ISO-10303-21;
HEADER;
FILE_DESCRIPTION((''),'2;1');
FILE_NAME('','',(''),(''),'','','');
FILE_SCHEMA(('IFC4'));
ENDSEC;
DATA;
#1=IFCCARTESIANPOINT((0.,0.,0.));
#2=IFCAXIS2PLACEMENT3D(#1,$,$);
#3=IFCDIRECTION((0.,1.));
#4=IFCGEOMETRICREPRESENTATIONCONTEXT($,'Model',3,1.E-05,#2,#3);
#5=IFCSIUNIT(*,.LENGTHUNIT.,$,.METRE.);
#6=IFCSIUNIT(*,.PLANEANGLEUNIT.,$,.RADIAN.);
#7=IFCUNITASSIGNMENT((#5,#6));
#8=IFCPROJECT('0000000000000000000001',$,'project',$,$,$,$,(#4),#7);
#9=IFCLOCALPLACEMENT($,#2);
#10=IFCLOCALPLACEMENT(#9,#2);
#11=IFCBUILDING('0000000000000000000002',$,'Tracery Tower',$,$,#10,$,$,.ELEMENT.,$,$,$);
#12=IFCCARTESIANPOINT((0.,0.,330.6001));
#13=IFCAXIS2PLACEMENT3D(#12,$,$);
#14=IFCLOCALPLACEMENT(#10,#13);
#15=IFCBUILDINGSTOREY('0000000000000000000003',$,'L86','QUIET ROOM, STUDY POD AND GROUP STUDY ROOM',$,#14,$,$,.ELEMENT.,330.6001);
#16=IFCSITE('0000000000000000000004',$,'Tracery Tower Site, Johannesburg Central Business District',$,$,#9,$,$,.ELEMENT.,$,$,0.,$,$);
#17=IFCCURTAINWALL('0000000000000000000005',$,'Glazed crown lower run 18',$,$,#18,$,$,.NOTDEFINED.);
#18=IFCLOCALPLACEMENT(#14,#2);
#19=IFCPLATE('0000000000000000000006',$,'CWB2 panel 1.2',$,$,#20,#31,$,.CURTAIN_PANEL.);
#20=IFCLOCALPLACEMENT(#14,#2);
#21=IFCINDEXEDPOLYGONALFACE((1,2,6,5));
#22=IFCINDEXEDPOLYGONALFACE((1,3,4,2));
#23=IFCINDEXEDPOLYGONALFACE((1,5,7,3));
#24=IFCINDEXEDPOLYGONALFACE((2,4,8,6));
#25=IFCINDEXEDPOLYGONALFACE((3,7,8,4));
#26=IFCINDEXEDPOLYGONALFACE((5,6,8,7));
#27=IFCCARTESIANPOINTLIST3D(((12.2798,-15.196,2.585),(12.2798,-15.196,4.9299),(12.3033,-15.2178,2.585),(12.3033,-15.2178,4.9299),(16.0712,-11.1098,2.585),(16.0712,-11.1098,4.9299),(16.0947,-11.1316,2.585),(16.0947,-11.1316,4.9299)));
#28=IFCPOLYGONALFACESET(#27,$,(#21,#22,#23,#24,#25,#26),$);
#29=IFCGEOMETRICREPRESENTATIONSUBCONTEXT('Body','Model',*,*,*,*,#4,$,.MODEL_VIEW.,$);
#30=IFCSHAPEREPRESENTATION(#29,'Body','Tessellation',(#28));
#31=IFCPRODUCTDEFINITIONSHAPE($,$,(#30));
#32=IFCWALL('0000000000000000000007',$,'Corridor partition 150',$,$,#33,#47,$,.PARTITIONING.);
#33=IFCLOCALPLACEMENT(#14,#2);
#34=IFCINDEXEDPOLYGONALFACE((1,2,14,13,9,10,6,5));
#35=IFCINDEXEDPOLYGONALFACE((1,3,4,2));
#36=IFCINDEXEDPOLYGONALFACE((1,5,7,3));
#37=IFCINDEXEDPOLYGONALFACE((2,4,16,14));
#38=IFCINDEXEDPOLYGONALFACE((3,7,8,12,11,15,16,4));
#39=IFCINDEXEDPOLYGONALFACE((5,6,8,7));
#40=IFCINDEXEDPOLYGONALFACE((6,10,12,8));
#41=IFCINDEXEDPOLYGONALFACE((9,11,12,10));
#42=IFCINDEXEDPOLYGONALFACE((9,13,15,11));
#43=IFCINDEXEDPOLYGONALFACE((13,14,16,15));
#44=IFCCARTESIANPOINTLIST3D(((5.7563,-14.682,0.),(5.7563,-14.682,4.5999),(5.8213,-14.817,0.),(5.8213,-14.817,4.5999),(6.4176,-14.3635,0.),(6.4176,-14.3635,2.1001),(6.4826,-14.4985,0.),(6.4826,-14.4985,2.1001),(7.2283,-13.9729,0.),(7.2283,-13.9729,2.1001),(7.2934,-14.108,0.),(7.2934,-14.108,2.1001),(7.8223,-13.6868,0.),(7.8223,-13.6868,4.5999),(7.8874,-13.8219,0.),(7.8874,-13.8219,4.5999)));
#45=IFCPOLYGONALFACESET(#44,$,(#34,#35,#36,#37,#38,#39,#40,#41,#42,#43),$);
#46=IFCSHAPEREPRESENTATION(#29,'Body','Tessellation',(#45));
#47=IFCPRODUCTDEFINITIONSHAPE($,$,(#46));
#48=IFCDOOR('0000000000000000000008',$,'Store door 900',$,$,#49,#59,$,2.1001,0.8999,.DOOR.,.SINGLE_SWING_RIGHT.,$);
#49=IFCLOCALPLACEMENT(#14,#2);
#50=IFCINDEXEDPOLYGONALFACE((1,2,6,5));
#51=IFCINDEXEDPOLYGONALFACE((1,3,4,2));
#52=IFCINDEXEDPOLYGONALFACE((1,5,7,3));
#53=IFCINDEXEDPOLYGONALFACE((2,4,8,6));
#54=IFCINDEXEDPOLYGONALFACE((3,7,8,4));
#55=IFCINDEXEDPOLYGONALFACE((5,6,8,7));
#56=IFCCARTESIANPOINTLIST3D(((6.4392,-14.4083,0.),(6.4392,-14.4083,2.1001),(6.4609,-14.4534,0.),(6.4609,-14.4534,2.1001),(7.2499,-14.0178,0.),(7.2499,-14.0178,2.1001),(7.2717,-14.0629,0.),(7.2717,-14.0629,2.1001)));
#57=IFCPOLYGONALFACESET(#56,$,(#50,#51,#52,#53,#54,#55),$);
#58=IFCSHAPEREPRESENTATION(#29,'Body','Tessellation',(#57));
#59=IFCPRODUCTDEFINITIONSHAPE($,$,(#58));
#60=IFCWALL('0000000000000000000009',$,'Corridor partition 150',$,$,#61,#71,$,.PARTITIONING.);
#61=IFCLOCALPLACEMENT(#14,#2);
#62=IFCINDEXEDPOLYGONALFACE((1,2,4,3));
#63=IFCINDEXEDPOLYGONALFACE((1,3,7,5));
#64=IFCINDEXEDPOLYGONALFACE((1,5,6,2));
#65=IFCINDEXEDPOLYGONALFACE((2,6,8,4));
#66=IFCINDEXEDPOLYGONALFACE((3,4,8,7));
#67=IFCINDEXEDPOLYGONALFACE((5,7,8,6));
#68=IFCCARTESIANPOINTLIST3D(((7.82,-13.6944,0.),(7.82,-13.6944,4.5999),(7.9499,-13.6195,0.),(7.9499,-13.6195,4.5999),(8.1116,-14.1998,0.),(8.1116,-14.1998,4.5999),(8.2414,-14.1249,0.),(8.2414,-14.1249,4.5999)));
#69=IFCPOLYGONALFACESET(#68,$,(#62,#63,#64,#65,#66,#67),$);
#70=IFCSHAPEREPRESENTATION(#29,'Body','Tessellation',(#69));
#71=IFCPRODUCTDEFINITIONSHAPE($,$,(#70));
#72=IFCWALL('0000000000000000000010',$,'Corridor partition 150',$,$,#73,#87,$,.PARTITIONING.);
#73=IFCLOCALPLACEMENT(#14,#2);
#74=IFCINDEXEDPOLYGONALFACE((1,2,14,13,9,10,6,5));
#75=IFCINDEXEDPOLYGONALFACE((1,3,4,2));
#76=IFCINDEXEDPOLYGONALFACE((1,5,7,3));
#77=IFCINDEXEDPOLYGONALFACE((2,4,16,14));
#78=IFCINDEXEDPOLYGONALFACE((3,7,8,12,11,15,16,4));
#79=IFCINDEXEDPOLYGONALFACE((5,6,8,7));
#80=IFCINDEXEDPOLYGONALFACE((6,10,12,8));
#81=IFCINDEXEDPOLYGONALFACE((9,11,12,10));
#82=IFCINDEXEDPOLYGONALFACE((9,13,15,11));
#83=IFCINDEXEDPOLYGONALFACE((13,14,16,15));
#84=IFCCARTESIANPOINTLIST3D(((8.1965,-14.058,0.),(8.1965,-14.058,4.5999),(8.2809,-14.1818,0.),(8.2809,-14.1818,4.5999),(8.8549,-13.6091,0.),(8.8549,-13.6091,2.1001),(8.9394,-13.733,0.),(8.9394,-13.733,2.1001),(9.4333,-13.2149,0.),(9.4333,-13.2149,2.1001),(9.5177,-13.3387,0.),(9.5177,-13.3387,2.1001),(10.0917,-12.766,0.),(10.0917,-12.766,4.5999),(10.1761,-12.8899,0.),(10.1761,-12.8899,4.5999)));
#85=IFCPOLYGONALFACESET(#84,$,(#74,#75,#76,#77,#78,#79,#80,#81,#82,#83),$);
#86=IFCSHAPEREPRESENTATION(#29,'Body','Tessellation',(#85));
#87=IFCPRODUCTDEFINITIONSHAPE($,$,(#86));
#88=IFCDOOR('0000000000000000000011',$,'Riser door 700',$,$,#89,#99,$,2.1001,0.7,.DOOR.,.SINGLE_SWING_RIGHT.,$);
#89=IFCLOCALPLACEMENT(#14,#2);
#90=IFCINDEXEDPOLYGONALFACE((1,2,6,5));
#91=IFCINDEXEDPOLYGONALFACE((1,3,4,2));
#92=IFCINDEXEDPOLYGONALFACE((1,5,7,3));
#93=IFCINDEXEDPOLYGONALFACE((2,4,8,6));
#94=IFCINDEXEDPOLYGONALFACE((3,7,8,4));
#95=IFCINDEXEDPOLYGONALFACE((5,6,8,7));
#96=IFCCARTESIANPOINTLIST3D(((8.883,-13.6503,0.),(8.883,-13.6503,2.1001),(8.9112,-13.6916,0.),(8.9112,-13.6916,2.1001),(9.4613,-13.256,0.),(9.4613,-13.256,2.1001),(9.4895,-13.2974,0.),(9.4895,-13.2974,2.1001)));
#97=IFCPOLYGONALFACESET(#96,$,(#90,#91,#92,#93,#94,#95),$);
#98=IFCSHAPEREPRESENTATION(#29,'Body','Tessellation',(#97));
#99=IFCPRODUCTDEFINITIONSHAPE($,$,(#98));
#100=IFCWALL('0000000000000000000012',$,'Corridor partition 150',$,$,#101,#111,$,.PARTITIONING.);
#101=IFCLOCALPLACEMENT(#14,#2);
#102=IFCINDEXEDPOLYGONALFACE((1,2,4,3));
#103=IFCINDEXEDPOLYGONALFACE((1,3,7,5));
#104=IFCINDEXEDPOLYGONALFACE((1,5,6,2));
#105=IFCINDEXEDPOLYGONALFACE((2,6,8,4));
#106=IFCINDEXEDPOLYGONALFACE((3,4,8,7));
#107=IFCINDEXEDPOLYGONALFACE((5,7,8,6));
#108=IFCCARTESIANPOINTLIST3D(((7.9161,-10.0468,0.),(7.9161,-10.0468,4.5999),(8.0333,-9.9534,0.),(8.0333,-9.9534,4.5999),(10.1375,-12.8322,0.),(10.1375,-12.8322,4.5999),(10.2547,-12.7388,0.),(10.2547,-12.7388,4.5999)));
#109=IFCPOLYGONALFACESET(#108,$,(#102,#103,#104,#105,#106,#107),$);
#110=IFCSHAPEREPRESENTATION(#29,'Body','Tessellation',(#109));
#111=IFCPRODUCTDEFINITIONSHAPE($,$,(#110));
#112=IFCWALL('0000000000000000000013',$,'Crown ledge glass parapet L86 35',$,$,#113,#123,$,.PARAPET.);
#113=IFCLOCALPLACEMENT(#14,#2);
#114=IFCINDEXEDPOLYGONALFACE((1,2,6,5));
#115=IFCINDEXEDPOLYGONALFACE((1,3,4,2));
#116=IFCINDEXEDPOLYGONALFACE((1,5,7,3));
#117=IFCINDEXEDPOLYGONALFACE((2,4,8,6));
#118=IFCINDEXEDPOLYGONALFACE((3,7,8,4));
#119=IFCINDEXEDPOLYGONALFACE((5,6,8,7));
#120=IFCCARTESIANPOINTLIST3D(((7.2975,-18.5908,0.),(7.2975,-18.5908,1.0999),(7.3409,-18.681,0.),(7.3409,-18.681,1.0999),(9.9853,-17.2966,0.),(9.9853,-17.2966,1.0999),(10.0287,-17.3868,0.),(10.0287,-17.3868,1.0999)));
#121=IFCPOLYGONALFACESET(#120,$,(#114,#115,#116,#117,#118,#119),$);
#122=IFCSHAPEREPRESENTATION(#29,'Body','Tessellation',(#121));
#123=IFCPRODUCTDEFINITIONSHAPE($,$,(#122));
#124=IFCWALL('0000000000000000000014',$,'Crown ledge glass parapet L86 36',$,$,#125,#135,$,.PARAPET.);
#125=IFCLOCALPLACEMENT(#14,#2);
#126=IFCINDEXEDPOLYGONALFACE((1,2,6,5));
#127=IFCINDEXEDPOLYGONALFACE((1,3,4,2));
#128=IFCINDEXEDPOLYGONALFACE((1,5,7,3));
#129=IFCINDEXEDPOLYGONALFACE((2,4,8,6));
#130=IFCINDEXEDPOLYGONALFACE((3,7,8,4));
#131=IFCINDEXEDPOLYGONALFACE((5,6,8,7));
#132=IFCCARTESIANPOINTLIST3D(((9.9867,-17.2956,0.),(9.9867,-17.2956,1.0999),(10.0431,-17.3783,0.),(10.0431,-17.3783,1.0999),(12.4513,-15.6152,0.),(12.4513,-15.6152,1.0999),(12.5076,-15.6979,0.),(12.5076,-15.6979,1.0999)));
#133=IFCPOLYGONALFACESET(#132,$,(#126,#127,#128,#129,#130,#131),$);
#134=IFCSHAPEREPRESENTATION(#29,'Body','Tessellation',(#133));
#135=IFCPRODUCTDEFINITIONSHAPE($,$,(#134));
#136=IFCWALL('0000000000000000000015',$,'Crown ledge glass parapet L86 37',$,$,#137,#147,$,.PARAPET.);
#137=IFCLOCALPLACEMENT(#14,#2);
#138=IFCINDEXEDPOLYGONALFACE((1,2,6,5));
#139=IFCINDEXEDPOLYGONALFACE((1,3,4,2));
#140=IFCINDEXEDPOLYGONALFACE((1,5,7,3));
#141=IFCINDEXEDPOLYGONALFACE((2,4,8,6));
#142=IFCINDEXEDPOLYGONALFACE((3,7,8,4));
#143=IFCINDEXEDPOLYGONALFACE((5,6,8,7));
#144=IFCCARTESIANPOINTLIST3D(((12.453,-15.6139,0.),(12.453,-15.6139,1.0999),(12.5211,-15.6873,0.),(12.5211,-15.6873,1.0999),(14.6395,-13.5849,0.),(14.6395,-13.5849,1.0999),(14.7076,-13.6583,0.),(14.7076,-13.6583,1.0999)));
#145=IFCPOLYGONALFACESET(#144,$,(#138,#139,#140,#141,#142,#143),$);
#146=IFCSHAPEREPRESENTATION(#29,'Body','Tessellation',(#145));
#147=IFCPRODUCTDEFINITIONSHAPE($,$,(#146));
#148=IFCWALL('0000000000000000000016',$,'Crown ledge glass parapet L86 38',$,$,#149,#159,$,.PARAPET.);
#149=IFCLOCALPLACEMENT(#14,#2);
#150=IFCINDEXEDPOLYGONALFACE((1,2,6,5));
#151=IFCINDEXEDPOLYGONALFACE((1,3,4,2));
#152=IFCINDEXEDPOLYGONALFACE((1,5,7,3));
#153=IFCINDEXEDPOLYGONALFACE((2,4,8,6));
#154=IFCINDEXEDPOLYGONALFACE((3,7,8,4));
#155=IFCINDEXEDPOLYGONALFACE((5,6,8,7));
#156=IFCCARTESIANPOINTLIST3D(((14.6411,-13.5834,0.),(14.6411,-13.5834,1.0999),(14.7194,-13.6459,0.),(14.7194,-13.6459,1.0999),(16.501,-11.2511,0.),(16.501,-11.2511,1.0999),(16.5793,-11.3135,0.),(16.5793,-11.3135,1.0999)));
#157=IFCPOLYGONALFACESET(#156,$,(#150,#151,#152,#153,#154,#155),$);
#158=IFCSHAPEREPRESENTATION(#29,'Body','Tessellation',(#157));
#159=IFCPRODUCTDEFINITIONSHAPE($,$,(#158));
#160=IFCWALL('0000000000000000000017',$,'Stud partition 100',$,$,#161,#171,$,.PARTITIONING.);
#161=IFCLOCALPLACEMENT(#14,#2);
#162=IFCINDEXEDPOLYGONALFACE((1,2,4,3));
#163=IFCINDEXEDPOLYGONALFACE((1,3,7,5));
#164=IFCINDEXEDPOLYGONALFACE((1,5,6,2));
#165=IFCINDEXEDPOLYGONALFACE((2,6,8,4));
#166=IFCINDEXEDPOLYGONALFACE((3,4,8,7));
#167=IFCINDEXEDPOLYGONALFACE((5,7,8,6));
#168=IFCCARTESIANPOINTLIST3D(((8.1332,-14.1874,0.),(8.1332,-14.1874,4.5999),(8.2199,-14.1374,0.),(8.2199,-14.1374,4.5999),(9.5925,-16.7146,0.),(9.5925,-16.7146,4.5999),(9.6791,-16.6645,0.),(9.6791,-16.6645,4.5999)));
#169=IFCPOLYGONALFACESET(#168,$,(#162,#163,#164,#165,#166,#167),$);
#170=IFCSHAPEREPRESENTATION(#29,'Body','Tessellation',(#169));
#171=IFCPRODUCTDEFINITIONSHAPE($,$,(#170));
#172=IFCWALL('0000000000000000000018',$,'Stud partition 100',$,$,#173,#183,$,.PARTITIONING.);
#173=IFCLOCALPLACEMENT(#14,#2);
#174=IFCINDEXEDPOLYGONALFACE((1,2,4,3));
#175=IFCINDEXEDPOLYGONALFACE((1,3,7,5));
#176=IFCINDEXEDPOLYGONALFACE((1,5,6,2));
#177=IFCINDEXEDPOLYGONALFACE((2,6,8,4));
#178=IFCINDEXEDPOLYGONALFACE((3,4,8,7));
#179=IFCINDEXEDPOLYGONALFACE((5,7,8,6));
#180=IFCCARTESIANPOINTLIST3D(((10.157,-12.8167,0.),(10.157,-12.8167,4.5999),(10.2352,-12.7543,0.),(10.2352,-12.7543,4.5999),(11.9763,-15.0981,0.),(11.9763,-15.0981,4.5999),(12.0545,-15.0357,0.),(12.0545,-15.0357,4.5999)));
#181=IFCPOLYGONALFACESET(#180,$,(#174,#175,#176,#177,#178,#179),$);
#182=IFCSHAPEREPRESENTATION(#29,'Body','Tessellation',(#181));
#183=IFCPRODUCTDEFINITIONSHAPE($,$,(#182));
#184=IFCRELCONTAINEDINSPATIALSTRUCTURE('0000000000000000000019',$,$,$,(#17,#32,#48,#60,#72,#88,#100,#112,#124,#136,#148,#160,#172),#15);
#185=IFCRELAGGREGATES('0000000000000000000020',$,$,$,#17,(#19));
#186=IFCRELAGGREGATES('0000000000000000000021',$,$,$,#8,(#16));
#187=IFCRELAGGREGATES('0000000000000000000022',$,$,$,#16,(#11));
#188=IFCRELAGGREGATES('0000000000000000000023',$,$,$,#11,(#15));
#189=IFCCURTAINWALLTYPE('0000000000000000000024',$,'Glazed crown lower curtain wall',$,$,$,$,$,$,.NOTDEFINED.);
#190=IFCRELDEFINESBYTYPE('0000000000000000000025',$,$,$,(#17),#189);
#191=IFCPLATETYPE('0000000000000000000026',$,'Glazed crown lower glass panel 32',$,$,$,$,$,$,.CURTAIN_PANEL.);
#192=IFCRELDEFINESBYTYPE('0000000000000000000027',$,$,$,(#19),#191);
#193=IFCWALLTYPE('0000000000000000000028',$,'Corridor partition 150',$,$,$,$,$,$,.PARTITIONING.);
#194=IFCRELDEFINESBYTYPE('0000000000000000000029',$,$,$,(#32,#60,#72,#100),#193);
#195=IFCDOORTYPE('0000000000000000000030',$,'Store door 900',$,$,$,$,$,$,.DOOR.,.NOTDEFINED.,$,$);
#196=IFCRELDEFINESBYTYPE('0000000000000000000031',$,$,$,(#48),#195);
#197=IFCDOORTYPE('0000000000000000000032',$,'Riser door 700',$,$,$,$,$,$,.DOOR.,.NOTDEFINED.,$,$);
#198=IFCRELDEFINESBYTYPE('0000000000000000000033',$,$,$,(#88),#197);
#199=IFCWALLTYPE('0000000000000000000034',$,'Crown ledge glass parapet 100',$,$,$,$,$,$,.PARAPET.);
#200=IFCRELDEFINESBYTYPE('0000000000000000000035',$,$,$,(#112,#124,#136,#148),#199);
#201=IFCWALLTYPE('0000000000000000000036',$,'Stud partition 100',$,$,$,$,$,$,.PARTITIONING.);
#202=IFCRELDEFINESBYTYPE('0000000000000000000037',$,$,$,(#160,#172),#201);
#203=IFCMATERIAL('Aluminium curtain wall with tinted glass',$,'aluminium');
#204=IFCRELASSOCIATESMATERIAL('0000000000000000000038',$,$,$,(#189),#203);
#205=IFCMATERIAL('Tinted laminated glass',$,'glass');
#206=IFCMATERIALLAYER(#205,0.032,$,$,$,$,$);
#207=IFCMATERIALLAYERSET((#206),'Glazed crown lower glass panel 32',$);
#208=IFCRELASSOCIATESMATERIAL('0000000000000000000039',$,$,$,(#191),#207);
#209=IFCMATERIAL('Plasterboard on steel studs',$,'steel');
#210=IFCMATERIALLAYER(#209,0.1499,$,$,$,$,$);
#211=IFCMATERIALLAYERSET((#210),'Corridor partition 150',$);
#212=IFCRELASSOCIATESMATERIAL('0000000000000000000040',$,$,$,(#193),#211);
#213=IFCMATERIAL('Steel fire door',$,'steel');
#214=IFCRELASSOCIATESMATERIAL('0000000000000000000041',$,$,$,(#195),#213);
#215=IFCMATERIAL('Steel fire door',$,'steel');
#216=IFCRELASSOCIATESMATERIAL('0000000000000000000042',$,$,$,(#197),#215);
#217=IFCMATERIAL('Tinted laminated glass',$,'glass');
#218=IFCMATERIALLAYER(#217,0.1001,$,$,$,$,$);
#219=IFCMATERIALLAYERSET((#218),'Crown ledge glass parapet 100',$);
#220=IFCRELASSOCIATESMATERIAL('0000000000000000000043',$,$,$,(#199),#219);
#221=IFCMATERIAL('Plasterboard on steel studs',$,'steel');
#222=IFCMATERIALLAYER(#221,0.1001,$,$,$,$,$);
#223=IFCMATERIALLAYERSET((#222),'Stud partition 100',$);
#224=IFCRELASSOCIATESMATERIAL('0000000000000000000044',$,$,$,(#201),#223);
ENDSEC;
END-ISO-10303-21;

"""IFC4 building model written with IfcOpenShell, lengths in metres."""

from ifc_helpers import new_model, si_unit, direction, frame, frame_2d, origin, origin_2d, place, context, subcontext, project, spatial, rectangle, extrude, material, layer, layer_set, type_object, element, fill, aggregate, save


model = new_model("IFC4")

# Units and contexts
model_context = context("Model", 3, precision=1e-05, world=origin(), true_north=direction((0.0, 1.0)))
body_context = subcontext(model_context, "Body", "Model", "MODEL_VIEW")
ifc_project = project(units=[si_unit("LENGTHUNIT", "METRE"), si_unit("PLANEANGLEUNIT", "RADIAN")], contexts=[model_context])

# Site, building, storey
site_placement = place(None, origin())
site = spatial("IfcSite", under=ifc_project, at=site_placement, Name="Tracery Tower Site, Johannesburg Central Business District", CompositionType="ELEMENT", RefElevation=0.0)
building_placement = place(site_placement, origin())
building = spatial("IfcBuilding", under=site, at=building_placement, Name="Tracery Tower", CompositionType="ELEMENT")
storey_placement = place(building_placement, frame((0.0, 0.0, 330.6001)))
storey = spatial("IfcBuildingStorey", under=building, at=storey_placement, Name="L86", Description="QUIET ROOM, STUDY POD AND GROUP STUDY ROOM", CompositionType="ELEMENT", Elevation=330.6001)

# Curtain wall
ifc_material_1 = material(Name="Aluminium curtain wall with tinted glass", Category="aluminium")
curtain_wall_type = type_object("IfcCurtainWallType", Name="Glazed crown lower curtain wall", PredefinedType="NOTDEFINED", material=ifc_material_1)
curtain_wall_1_placement = place(storey_placement, origin())
curtain_wall_1 = element("IfcCurtainWall", 1, at=curtain_wall_1_placement, inside=storey, type_object=curtain_wall_type, Name="Glazed crown lower run 18", PredefinedType="NOTDEFINED")

# Plate
ifc_material_2 = material(Name="Tinted laminated glass", Category="glass")
ifc_layer_1 = layer(ifc_material_2, 0.032)
ifc_layer_set_1 = layer_set([ifc_layer_1], Name="Glazed crown lower glass panel 32")
plate_type = type_object("IfcPlateType", Name="Glazed crown lower glass panel 32", PredefinedType="CURTAIN_PANEL", material=ifc_layer_set_1)
plate_1_placement = place(storey_placement, frame((14.1873, -13.1638, 2.585), z_axis=(0.0, 0.0, 1.0), x_axis=(0.68017, 0.733054, 0.0)))
plate_1 = element("IfcPlate", 2, at=plate_1_placement, type_object=plate_type, Name="CWB2 panel 1.2", PredefinedType="CURTAIN_PANEL", context=body_context, shape_type="SweptSolid", body=[
    extrude(rectangle(XDim=5.5742, YDim=0.032, at=origin_2d()), origin(), (0.0, 0.0, 1.0), 2.345),
])
aggregate(curtain_wall_1, [plate_1])

# Wall, opening, door
ifc_material_3 = material(Name="Plasterboard on steel studs", Category="steel")
ifc_layer_2 = layer(ifc_material_3, 0.1499)
ifc_layer_set_2 = layer_set([ifc_layer_2], Name="Corridor partition 150")
wall_type_1 = type_object("IfcWallType", Name="Corridor partition 150", PredefinedType="PARTITIONING", material=ifc_layer_set_2)
wall_1_placement = place(storey_placement, frame((7.8547, -13.7544, 0.0), z_axis=(0.0, 0.0, 1.0), x_axis=(-0.900931, -0.433963, 0.0)))
wall_1 = element("IfcWall", 3, at=wall_1_placement, inside=storey, type_object=wall_type_1, Name="Corridor partition 150", PredefinedType="PARTITIONING", context=body_context, shape_type="SweptSolid", body=[
    extrude(rectangle(XDim=2.2932, YDim=0.1499, at=frame_2d((1.1465, 0.0))), origin(), (0.0, 0.0, 1.0), 4.5999),
])
opening_1_placement = place(wall_1_placement, frame((0.6592, 0.0, 0.0)))
opening_1 = element("IfcOpeningElement", 4, at=opening_1_placement, cuts=wall_1, PredefinedType="OPENING", context=body_context, shape_type="SweptSolid", body=[
    extrude(rectangle(XDim=0.8999, YDim=2.1001, at=frame_2d((0.45, 1.05))), frame((0.0, 0.075, 0.0), z_axis=(0.0, -1.0, 0.0), x_axis=(1.0, 0.0, 0.0)), (0.0, 0.0, 1.0), 0.1499),
])
ifc_material_4 = material(Name="Steel fire door", Category="steel")
door_type_1 = type_object("IfcDoorType", Name="Store door 900", OperationType="NOTDEFINED", PredefinedType="DOOR", material=ifc_material_4)
door_1_placement = place(opening_1_placement, origin())
door_1 = element("IfcDoor", 5, at=door_1_placement, inside=storey, type_object=door_type_1, Name="Store door 900", OperationType="SINGLE_SWING_RIGHT", OverallHeight=2.1001, OverallWidth=0.8999, PredefinedType="DOOR", context=body_context, shape_type="SweptSolid", body=[
    extrude(rectangle(XDim=0.8999, YDim=2.1001, at=frame_2d((0.45, 1.05))), frame((0.0, 0.0249, 0.0), z_axis=(0.0, -1.0, 0.0), x_axis=(1.0, 0.0, 0.0)), (0.0, 0.0, 1.0), 0.05),
])
fill(opening_1, door_1)

# Wall
wall_2_placement = place(storey_placement, frame((8.1765, -14.1624, 0.0), z_axis=(0.0, 0.0, 1.0), x_axis=(-0.49965, 0.866227, 0.0)))
element("IfcWall", 6, at=wall_2_placement, inside=storey, type_object=wall_type_1, Name="Corridor partition 150", PredefinedType="PARTITIONING", context=body_context, shape_type="SweptSolid", body=[
    extrude(rectangle(XDim=0.5835, YDim=0.1499, at=frame_2d((0.2917, 0.0))), origin(), (0.0, 0.0, 1.0), 4.5999),
])

# Wall, opening, door
wall_3_placement = place(storey_placement, frame((10.134, -12.8279, 0.0), z_axis=(0.0, 0.0, 1.0), x_axis=(-0.826275, -0.563267, 0.0)))
wall_3 = element("IfcWall", 7, at=wall_3_placement, inside=storey, type_object=wall_type_1, Name="Corridor partition 150", PredefinedType="PARTITIONING", context=body_context, shape_type="SweptSolid", body=[
    extrude(rectangle(XDim=2.2937, YDim=0.1499, at=frame_2d((1.147, 0.0))), origin(), (0.0, 0.0, 1.0), 4.5999),
])
opening_2_placement = place(wall_3_placement, frame((0.7969, 0.0, 0.0)))
opening_2 = element("IfcOpeningElement", 8, at=opening_2_placement, cuts=wall_3, PredefinedType="OPENING", context=body_context, shape_type="SweptSolid", body=[
    extrude(rectangle(XDim=0.7, YDim=2.1001, at=frame_2d((0.3501, 1.05))), frame((0.0, 0.075, 0.0), z_axis=(0.0, -1.0, 0.0), x_axis=(1.0, 0.0, 0.0)), (0.0, 0.0, 1.0), 0.1499),
])
ifc_material_5 = material(Name="Steel fire door", Category="steel")
door_type_2 = type_object("IfcDoorType", Name="Riser door 700", OperationType="NOTDEFINED", PredefinedType="DOOR", material=ifc_material_5)
door_2_placement = place(opening_2_placement, origin())
door_2 = element("IfcDoor", 9, at=door_2_placement, inside=storey, type_object=door_type_2, Name="Riser door 700", OperationType="SINGLE_SWING_RIGHT", OverallHeight=2.1001, OverallWidth=0.7, PredefinedType="DOOR", context=body_context, shape_type="SweptSolid", body=[
    extrude(rectangle(XDim=0.7, YDim=2.1001, at=frame_2d((0.3501, 1.05))), frame((0.0, 0.0249, 0.0), z_axis=(0.0, -1.0, 0.0), x_axis=(1.0, 0.0, 0.0)), (0.0, 0.0, 1.0), 0.05),
])
fill(opening_2, door_2)

# Walls
wall_4_placement = place(storey_placement, frame((10.196, -12.7854, 0.0), z_axis=(0.0, 0.0, 1.0), x_axis=(-0.623516, 0.781811, 0.0)))
element("IfcWall", 10, at=wall_4_placement, inside=storey, type_object=wall_type_1, Name="Corridor partition 150", PredefinedType="PARTITIONING", context=body_context, shape_type="SweptSolid", body=[
    extrude(rectangle(XDim=3.5627, YDim=0.1499, at=frame_2d((1.7812, 0.0))), origin(), (0.0, 0.0, 1.0), 4.5999),
])
ifc_material_6 = material(Name="Tinted laminated glass", Category="glass")
ifc_layer_3 = layer(ifc_material_6, 0.1001)
ifc_layer_set_3 = layer_set([ifc_layer_3], Name="Crown ledge glass parapet 100")
wall_type_2 = type_object("IfcWallType", Name="Crown ledge glass parapet 100", PredefinedType="PARAPET", material=ifc_layer_set_3)
wall_5_placement = place(storey_placement, frame((7.3191, -18.636, 0.0), z_axis=(0.0, 0.0, 1.0), x_axis=(0.90099, 0.43384, 0.0)))
element("IfcWall", 11, at=wall_5_placement, inside=storey, type_object=wall_type_2, Name="Crown ledge glass parapet L86 35", PredefinedType="PARAPET", context=body_context, shape_type="SweptSolid", body=[
    extrude(rectangle(XDim=2.9832, YDim=0.1001, at=frame_2d((1.4917, 0.0))), origin(), (0.0, 0.0, 1.0), 1.0999),
])
for number, where, z_axis, x_axis, name in (
    (12, (10.0149, -17.3369, 0.0), (0.0, 0.0, 1.0), (0.826226, 0.563339, 0.0), "Crown ledge glass parapet L86 36"),
    (13, (12.4871, -15.6506, 0.0), (0.0, 0.0, 1.0), (0.733009, 0.680219, 0.0), "Crown ledge glass parapet L86 37"),
):
    element("IfcWall", number, at=place(storey_placement, frame(where, z_axis=z_axis, x_axis=x_axis)), inside=storey, type_object=wall_type_2, Name=name, PredefinedType="PARAPET", context=body_context, shape_type="SweptSolid", body=[
        extrude(rectangle(XDim=2.9829, YDim=0.1001, at=frame_2d((1.4915, 0.0))), origin(), (0.0, 0.0, 1.0), 1.0999),
    ])
wall_6_placement = place(storey_placement, frame((14.6802, -13.6147, 0.0), z_axis=(0.0, 0.0, 1.0), x_axis=(0.623477, 0.781842, 0.0)))
element("IfcWall", 14, at=wall_6_placement, inside=storey, type_object=wall_type_2, Name="Crown ledge glass parapet L86 38", PredefinedType="PARAPET", context=body_context, shape_type="SweptSolid", body=[
    extrude(rectangle(XDim=2.9832, YDim=0.1001, at=frame_2d((1.4917, 0.0))), origin(), (0.0, 0.0, 1.0), 1.0999),
])
ifc_material_7 = material(Name="Plasterboard on steel studs", Category="steel")
ifc_layer_4 = layer(ifc_material_7, 0.1001)
ifc_layer_set_4 = layer_set([ifc_layer_4], Name="Stud partition 100")
wall_type_3 = type_object("IfcWallType", Name="Stud partition 100", PredefinedType="PARTITIONING", material=ifc_layer_set_4)
wall_7_placement = place(storey_placement, frame((9.6357, -16.6895, 0.0), z_axis=(0.0, 0.0, 1.0), x_axis=(-0.500053, 0.865995, 0.0)))
element("IfcWall", 15, at=wall_7_placement, inside=storey, type_object=wall_type_3, Name="Stud partition 100", PredefinedType="PARTITIONING", context=body_context, shape_type="SweptSolid", body=[
    extrude(rectangle(XDim=2.9182, YDim=0.1001, at=frame_2d((1.459, 0.0))), origin(), (0.0, 0.0, 1.0), 4.5999),
])
wall_8_placement = place(storey_placement, frame((12.0154, -15.0669, 0.0), z_axis=(0.0, 0.0, 1.0), x_axis=(-0.62347, 0.781847, 0.0)))
element("IfcWall", 16, at=wall_8_placement, inside=storey, type_object=wall_type_3, Name="Stud partition 100", PredefinedType="PARTITIONING", context=body_context, shape_type="SweptSolid", body=[
    extrude(rectangle(XDim=2.918, YDim=0.1001, at=frame_2d((1.459, 0.0))), origin(), (0.0, 0.0, 1.0), 4.5999),
])

save(model, "model.ifc")
